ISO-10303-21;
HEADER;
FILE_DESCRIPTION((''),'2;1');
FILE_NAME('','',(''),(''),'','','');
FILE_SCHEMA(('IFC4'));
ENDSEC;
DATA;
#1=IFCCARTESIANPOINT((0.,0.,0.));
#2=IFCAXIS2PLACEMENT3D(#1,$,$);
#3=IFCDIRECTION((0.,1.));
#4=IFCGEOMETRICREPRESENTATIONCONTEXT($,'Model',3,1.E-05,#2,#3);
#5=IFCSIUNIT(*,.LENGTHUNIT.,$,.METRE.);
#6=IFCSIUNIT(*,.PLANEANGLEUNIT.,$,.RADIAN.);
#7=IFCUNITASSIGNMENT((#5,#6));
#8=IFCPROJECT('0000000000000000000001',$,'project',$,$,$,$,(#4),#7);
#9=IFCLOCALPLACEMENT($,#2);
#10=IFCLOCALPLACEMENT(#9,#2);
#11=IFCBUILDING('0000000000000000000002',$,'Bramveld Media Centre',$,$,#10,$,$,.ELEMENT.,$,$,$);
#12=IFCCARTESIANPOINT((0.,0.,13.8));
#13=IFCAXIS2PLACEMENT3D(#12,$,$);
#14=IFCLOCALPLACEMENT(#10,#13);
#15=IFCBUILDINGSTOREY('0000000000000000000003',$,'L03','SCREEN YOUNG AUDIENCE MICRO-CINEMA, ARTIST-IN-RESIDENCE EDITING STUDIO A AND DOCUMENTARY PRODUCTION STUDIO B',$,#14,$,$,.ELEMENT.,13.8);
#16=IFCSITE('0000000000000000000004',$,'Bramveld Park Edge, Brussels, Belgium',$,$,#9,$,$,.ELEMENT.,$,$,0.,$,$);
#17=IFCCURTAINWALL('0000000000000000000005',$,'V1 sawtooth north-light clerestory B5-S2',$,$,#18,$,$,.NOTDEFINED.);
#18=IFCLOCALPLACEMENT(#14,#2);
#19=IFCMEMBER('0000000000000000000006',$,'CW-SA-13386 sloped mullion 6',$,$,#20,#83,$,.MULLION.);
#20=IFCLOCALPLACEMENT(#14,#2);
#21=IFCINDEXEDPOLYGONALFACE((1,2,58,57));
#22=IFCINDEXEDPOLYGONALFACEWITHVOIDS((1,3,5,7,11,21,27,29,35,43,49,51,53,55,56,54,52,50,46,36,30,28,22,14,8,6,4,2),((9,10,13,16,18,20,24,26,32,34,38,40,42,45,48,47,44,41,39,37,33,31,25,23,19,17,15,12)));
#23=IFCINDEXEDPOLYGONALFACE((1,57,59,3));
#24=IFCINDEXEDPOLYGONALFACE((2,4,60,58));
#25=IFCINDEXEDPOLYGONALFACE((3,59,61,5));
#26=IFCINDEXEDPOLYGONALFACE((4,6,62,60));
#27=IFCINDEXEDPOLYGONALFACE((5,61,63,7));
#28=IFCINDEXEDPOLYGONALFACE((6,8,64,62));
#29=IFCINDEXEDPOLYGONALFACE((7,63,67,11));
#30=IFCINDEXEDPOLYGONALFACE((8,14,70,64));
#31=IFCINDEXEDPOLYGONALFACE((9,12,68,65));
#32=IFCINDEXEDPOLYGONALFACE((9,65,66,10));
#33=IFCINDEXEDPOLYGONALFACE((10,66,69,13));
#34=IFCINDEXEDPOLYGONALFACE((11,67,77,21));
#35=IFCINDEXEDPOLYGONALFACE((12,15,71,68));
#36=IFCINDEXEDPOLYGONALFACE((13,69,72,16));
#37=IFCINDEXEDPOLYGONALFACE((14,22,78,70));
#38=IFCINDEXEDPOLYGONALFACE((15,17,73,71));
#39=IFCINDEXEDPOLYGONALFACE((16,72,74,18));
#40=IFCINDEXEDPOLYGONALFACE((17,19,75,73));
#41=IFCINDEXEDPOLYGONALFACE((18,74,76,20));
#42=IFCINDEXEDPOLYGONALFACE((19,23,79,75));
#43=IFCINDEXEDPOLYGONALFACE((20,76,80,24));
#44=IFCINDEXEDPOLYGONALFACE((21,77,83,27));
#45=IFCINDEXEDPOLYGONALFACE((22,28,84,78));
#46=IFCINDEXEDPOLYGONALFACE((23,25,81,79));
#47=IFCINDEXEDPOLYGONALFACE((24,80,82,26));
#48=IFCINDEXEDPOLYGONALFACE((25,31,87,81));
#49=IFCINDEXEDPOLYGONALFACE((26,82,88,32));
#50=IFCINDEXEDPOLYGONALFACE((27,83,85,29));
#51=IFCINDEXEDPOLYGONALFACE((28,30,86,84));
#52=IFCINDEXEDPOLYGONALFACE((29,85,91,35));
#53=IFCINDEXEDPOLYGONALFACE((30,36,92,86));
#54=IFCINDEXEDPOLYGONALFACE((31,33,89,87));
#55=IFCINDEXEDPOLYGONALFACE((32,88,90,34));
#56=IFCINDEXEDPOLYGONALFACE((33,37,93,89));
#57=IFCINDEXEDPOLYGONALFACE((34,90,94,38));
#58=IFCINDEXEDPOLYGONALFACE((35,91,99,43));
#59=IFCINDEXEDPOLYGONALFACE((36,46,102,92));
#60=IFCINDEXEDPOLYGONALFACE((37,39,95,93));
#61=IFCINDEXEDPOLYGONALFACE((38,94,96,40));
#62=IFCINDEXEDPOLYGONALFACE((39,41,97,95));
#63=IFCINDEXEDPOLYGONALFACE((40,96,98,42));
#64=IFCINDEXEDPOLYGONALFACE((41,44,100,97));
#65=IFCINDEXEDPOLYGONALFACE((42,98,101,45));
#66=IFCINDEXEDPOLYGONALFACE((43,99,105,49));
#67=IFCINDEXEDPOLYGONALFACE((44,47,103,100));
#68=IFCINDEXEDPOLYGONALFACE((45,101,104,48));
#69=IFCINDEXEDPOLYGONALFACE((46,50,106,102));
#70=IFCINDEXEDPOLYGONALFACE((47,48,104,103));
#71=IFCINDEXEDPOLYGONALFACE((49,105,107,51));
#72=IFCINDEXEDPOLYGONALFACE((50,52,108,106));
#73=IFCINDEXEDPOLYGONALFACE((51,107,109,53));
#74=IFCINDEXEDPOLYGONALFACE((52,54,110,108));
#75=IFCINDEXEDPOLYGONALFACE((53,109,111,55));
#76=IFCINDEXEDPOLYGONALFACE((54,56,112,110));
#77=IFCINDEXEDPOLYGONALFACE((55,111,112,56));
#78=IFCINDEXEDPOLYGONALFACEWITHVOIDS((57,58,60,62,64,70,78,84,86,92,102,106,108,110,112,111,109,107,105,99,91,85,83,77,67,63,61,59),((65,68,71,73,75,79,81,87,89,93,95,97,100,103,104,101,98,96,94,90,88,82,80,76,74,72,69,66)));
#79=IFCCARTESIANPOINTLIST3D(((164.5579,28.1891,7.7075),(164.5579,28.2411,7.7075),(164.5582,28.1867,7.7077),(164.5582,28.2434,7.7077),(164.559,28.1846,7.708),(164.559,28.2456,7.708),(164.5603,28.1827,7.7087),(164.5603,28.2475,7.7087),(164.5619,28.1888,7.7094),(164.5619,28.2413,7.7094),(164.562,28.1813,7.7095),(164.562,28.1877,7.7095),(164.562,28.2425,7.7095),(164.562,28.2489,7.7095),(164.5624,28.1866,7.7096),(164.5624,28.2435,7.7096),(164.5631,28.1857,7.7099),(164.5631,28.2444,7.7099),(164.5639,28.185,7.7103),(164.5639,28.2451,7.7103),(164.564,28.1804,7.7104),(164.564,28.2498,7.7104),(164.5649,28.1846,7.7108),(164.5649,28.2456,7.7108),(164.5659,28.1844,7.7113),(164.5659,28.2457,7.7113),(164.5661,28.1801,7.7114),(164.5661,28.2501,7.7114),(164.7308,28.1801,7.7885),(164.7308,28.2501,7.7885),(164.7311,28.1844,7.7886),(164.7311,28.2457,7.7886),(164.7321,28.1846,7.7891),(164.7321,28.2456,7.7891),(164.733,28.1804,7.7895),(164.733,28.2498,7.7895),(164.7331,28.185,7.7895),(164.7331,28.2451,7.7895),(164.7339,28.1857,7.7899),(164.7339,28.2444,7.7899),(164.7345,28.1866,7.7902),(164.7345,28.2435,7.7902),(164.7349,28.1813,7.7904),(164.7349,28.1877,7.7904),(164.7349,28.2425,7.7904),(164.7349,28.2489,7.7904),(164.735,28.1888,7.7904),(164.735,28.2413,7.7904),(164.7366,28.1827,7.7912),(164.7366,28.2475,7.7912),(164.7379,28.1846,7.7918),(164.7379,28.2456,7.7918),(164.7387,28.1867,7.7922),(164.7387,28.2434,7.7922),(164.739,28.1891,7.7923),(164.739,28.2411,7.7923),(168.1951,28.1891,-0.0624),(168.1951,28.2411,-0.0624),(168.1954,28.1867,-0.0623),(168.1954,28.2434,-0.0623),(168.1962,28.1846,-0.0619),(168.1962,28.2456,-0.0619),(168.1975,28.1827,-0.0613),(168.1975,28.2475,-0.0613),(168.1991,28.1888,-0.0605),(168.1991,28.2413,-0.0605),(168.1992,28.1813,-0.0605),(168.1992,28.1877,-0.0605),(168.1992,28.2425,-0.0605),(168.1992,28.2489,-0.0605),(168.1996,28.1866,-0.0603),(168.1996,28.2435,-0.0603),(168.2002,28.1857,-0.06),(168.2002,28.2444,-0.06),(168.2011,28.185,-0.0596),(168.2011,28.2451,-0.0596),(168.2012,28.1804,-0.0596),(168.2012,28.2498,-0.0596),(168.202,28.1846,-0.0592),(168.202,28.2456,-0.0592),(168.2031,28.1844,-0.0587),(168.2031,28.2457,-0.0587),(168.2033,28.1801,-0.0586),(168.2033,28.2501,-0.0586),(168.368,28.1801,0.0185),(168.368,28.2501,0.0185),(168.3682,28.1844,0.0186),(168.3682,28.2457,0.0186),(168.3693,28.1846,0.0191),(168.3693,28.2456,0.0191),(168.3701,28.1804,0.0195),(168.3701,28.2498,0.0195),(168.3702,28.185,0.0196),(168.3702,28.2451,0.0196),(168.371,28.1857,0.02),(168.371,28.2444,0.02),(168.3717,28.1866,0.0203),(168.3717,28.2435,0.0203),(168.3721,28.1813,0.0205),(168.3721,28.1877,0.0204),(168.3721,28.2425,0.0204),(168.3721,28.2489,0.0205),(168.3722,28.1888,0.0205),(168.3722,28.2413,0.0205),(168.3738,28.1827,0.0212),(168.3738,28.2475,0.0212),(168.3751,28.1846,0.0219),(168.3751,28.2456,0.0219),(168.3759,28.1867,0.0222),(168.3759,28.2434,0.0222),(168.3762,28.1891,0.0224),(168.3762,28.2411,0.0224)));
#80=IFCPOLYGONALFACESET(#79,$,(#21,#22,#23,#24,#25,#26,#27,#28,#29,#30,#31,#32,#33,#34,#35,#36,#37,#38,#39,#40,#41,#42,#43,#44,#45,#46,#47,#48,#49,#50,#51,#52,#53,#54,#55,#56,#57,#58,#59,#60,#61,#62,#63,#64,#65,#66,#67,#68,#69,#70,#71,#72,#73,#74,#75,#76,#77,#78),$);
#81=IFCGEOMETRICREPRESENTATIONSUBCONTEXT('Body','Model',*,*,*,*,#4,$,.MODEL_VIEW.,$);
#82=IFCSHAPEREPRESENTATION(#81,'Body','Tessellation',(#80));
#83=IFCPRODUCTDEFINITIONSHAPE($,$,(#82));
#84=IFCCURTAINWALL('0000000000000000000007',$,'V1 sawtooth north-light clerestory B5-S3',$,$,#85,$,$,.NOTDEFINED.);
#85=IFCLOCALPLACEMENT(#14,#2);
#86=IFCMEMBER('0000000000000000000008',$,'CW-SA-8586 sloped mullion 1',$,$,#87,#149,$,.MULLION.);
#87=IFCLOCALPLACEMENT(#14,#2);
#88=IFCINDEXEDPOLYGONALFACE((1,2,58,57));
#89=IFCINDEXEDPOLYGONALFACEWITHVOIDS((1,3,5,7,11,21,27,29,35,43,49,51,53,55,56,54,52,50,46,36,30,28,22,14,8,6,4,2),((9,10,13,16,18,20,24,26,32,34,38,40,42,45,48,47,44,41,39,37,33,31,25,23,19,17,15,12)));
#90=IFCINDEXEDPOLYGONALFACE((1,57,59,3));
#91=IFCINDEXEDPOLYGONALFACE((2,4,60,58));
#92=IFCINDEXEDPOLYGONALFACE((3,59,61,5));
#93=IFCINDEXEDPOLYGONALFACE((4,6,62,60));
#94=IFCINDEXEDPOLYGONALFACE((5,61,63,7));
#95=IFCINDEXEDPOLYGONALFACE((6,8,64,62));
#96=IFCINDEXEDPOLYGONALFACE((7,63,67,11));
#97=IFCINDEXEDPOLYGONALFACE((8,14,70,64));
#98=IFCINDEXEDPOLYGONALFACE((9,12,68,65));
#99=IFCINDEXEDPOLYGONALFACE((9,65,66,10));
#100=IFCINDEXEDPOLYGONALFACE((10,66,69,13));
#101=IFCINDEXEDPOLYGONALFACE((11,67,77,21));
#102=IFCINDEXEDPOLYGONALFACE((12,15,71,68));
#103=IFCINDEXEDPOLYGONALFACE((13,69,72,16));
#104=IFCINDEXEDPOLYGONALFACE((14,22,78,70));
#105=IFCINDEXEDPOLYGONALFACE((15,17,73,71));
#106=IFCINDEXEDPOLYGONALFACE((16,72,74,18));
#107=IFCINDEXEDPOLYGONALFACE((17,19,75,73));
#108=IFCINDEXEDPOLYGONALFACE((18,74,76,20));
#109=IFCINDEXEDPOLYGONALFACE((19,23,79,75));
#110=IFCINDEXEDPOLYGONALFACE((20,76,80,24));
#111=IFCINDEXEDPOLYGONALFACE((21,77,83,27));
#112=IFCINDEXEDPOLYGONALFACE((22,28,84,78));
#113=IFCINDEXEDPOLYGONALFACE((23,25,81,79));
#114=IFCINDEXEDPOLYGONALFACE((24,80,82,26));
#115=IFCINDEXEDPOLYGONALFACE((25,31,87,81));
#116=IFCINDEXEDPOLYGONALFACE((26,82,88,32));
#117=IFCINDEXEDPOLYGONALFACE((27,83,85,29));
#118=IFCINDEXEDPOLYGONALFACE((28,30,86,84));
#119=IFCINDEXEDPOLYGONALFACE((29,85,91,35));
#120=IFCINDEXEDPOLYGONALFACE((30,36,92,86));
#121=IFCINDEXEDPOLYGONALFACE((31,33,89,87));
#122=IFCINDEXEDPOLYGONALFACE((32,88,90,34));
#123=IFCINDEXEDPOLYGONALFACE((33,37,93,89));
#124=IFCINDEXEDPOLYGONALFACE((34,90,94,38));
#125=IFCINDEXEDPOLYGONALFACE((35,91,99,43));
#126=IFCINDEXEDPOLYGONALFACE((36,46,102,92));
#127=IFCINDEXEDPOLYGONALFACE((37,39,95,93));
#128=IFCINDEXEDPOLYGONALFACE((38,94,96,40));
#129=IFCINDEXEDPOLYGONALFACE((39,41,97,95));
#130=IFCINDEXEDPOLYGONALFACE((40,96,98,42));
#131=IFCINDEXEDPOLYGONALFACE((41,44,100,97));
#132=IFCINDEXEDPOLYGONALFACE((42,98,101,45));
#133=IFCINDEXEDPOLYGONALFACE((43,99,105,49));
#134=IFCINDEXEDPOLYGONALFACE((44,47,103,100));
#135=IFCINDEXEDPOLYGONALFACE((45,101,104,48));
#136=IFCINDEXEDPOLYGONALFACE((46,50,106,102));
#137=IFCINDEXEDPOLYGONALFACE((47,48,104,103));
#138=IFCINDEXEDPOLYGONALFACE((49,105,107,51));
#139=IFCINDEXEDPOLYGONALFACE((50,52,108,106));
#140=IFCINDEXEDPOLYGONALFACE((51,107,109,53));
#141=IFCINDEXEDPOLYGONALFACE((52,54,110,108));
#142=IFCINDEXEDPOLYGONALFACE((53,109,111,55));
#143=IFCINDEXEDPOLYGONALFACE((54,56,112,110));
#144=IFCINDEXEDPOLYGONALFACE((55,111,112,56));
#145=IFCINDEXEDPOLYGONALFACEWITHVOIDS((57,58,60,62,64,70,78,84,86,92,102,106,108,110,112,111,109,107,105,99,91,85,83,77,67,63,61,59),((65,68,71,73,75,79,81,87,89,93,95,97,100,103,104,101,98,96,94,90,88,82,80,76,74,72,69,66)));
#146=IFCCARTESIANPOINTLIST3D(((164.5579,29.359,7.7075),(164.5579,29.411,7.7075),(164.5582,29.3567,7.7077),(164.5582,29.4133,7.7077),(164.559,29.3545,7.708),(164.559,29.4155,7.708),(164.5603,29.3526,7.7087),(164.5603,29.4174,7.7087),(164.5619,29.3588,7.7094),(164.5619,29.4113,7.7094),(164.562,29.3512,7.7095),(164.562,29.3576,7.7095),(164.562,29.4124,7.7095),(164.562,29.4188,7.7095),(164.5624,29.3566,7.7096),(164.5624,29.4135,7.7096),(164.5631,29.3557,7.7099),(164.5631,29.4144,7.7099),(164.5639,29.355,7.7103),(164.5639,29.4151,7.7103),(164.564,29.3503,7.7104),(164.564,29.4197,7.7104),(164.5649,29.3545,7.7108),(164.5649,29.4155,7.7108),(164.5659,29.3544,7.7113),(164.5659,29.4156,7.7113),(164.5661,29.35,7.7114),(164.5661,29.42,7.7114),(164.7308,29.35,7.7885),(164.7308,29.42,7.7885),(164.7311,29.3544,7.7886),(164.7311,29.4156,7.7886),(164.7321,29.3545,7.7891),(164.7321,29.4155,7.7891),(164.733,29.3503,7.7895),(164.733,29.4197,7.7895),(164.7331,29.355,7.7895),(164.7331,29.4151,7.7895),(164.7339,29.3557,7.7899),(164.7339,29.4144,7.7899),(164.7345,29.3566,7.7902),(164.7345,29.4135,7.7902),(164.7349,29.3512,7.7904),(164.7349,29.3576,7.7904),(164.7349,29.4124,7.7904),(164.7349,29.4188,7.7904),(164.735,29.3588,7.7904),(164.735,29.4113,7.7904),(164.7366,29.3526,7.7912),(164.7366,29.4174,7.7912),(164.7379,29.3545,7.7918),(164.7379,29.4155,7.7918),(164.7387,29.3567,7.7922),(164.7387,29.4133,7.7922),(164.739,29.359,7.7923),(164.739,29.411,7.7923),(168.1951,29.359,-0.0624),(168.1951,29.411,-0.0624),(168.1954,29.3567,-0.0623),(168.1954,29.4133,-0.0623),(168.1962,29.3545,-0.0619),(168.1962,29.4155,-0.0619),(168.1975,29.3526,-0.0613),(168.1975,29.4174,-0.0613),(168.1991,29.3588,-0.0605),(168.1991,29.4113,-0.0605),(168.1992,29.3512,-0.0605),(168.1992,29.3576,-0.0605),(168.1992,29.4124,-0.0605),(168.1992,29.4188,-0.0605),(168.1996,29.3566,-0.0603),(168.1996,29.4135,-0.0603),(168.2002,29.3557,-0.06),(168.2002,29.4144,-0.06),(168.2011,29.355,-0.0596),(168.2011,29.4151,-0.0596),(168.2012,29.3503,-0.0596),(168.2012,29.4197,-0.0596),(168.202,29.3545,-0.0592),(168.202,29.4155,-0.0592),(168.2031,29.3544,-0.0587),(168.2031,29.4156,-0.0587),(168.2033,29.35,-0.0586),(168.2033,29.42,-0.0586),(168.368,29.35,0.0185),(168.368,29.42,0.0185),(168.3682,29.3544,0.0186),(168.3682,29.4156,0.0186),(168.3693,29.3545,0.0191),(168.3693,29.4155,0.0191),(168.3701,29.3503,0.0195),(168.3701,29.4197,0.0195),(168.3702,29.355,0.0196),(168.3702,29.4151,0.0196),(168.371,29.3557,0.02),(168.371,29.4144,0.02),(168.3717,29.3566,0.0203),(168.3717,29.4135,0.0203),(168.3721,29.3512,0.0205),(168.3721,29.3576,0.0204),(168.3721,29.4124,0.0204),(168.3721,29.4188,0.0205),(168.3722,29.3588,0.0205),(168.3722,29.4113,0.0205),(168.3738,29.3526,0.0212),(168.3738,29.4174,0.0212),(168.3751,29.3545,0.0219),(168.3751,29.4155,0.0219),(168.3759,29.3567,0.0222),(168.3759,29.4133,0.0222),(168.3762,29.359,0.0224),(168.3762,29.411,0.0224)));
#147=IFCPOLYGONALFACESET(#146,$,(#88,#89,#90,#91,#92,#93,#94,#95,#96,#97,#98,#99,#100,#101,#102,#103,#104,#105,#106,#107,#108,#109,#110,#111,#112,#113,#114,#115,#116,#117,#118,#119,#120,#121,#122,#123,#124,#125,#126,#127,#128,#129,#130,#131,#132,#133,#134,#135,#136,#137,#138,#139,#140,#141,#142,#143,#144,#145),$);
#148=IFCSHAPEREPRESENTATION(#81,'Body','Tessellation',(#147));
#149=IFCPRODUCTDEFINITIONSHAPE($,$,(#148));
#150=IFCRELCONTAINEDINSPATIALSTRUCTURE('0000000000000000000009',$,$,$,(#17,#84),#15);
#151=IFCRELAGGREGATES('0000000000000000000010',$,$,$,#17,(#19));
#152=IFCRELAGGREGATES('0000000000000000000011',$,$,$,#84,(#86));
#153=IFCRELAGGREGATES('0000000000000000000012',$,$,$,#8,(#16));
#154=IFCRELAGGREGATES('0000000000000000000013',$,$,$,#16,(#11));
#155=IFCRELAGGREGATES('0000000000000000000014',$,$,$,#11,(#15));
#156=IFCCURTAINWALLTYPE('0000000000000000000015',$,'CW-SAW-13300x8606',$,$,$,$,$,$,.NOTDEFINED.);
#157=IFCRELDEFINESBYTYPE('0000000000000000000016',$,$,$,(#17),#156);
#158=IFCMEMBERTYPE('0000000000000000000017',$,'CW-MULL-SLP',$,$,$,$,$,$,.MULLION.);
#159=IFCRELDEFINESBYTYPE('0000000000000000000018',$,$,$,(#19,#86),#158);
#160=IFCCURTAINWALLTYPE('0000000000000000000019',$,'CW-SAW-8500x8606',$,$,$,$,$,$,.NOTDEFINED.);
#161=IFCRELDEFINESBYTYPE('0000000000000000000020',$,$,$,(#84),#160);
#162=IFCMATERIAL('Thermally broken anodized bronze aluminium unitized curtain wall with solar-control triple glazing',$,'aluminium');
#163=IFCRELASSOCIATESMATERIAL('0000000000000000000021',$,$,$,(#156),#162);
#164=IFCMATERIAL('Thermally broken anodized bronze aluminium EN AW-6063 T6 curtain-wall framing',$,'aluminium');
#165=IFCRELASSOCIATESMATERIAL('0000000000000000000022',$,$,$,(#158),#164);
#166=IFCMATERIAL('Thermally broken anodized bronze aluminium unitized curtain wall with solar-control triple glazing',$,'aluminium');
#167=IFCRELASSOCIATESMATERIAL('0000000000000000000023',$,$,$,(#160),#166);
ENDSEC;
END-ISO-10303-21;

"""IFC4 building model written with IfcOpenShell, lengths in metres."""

from ifc_helpers import new_model, si_unit, direction, frame, origin, origin_2d, place, context, subcontext, project, spatial, hollow_rectangle, extrude, material, material_profile, profile_set, type_object, element, aggregate, save


model = new_model("IFC4")

# Units and contexts
model_context = context("Model", 3, precision=1e-05, world=origin(), true_north=direction((0.0, 1.0)))
body_context = subcontext(model_context, "Body", "Model", "MODEL_VIEW")
ifc_project = project(units=[si_unit("LENGTHUNIT", "METRE"), si_unit("PLANEANGLEUNIT", "RADIAN")], contexts=[model_context])

# Site, building, storey
site_placement = place(None, origin())
site = spatial("IfcSite", under=ifc_project, at=site_placement, Name="Bramveld Park Edge, Brussels, Belgium", CompositionType="ELEMENT", RefElevation=0.0)
building_placement = place(site_placement, origin())
building = spatial("IfcBuilding", under=site, at=building_placement, Name="Bramveld Media Centre", CompositionType="ELEMENT")
storey_placement = place(building_placement, frame((0.0, 0.0, 13.8)))
storey = spatial("IfcBuildingStorey", under=building, at=storey_placement, Name="L03", Description="SCREEN YOUNG AUDIENCE MICRO-CINEMA, ARTIST-IN-RESIDENCE EDITING STUDIO A AND DOCUMENTARY PRODUCTION STUDIO B", CompositionType="ELEMENT", Elevation=13.8)

# Curtain wall, member
ifc_material_1 = material(Name="Thermally broken anodized bronze aluminium unitized curtain wall with solar-control triple glazing", Category="aluminium")
curtain_wall_type_1 = type_object("IfcCurtainWallType", Name="CW-SAW-13300x8606", PredefinedType="NOTDEFINED", material=ifc_material_1)
curtain_wall_1_placement = place(storey_placement, origin())
curtain_wall_1 = element("IfcCurtainWall", 1, at=curtain_wall_1_placement, inside=storey, type_object=curtain_wall_type_1, Name="V1 sawtooth north-light clerestory B5-S2", PredefinedType="NOTDEFINED")
ifc_material_2 = material(Name="Thermally broken anodized bronze aluminium EN AW-6063 T6 curtain-wall framing", Category="aluminium")
ifc_material_profile_1 = material_profile(ifc_material_2, hollow_rectangle(XDim=0.0701, YDim=0.2, WallThickness=0.0044, InnerFilletRadius=0.0044, OuterFilletRadius=0.009, at=origin_2d()), Name="AL-MULL 70x200")
ifc_profile_set_1 = profile_set([ifc_material_profile_1], Name="Thermally broken anodized bronze aluminium EN AW-6063 T6 curtain-wall framing")
member_type_1 = type_object("IfcMemberType", Name="CW-MULL-SLP", PredefinedType="MULLION", material=ifc_profile_set_1)
member_1_placement = place(storey_placement, frame((168.2856, 28.2151, -0.02), z_axis=(-0.423957, 0.0, 0.905682), x_axis=(0.0, -1.0, 0.0)))
member_1 = element("IfcMember", 2, at=member_1_placement, type_object=member_type_1, Name="CW-SA-13386 sloped mullion 6", PredefinedType="MULLION", context=body_context, shape_type="SweptSolid", body=[
    extrude(hollow_rectangle(XDim=0.0701, YDim=0.2, WallThickness=0.0044, InnerFilletRadius=0.0044, OuterFilletRadius=0.009, at=origin_2d()), origin(), (0.0, 0.0, 1.0), 8.5791),
])
aggregate(curtain_wall_1, [member_1])

# Curtain wall, member
ifc_material_3 = material(Name="Thermally broken anodized bronze aluminium unitized curtain wall with solar-control triple glazing", Category="aluminium")
curtain_wall_type_2 = type_object("IfcCurtainWallType", Name="CW-SAW-8500x8606", PredefinedType="NOTDEFINED", material=ifc_material_3)
curtain_wall_2_placement = place(storey_placement, origin())
curtain_wall_2 = element("IfcCurtainWall", 3, at=curtain_wall_2_placement, inside=storey, type_object=curtain_wall_type_2, Name="V1 sawtooth north-light clerestory B5-S3", PredefinedType="NOTDEFINED")
member_2_placement = place(storey_placement, frame((168.2856, 29.385, -0.02), z_axis=(-0.423957, 0.0, 0.905682), x_axis=(0.0, -1.0, 0.0)))
member_2 = element("IfcMember", 4, at=member_2_placement, type_object=member_type_1, Name="CW-SA-8586 sloped mullion 1", PredefinedType="MULLION", context=body_context, shape_type="SweptSolid", body=[
    extrude(hollow_rectangle(XDim=0.0701, YDim=0.2, WallThickness=0.0044, InnerFilletRadius=0.0044, OuterFilletRadius=0.009, at=origin_2d()), origin(), (0.0, 0.0, 1.0), 8.5791),
])

aggregate(curtain_wall_2, [member_2])

save(model, "model.ifc")
